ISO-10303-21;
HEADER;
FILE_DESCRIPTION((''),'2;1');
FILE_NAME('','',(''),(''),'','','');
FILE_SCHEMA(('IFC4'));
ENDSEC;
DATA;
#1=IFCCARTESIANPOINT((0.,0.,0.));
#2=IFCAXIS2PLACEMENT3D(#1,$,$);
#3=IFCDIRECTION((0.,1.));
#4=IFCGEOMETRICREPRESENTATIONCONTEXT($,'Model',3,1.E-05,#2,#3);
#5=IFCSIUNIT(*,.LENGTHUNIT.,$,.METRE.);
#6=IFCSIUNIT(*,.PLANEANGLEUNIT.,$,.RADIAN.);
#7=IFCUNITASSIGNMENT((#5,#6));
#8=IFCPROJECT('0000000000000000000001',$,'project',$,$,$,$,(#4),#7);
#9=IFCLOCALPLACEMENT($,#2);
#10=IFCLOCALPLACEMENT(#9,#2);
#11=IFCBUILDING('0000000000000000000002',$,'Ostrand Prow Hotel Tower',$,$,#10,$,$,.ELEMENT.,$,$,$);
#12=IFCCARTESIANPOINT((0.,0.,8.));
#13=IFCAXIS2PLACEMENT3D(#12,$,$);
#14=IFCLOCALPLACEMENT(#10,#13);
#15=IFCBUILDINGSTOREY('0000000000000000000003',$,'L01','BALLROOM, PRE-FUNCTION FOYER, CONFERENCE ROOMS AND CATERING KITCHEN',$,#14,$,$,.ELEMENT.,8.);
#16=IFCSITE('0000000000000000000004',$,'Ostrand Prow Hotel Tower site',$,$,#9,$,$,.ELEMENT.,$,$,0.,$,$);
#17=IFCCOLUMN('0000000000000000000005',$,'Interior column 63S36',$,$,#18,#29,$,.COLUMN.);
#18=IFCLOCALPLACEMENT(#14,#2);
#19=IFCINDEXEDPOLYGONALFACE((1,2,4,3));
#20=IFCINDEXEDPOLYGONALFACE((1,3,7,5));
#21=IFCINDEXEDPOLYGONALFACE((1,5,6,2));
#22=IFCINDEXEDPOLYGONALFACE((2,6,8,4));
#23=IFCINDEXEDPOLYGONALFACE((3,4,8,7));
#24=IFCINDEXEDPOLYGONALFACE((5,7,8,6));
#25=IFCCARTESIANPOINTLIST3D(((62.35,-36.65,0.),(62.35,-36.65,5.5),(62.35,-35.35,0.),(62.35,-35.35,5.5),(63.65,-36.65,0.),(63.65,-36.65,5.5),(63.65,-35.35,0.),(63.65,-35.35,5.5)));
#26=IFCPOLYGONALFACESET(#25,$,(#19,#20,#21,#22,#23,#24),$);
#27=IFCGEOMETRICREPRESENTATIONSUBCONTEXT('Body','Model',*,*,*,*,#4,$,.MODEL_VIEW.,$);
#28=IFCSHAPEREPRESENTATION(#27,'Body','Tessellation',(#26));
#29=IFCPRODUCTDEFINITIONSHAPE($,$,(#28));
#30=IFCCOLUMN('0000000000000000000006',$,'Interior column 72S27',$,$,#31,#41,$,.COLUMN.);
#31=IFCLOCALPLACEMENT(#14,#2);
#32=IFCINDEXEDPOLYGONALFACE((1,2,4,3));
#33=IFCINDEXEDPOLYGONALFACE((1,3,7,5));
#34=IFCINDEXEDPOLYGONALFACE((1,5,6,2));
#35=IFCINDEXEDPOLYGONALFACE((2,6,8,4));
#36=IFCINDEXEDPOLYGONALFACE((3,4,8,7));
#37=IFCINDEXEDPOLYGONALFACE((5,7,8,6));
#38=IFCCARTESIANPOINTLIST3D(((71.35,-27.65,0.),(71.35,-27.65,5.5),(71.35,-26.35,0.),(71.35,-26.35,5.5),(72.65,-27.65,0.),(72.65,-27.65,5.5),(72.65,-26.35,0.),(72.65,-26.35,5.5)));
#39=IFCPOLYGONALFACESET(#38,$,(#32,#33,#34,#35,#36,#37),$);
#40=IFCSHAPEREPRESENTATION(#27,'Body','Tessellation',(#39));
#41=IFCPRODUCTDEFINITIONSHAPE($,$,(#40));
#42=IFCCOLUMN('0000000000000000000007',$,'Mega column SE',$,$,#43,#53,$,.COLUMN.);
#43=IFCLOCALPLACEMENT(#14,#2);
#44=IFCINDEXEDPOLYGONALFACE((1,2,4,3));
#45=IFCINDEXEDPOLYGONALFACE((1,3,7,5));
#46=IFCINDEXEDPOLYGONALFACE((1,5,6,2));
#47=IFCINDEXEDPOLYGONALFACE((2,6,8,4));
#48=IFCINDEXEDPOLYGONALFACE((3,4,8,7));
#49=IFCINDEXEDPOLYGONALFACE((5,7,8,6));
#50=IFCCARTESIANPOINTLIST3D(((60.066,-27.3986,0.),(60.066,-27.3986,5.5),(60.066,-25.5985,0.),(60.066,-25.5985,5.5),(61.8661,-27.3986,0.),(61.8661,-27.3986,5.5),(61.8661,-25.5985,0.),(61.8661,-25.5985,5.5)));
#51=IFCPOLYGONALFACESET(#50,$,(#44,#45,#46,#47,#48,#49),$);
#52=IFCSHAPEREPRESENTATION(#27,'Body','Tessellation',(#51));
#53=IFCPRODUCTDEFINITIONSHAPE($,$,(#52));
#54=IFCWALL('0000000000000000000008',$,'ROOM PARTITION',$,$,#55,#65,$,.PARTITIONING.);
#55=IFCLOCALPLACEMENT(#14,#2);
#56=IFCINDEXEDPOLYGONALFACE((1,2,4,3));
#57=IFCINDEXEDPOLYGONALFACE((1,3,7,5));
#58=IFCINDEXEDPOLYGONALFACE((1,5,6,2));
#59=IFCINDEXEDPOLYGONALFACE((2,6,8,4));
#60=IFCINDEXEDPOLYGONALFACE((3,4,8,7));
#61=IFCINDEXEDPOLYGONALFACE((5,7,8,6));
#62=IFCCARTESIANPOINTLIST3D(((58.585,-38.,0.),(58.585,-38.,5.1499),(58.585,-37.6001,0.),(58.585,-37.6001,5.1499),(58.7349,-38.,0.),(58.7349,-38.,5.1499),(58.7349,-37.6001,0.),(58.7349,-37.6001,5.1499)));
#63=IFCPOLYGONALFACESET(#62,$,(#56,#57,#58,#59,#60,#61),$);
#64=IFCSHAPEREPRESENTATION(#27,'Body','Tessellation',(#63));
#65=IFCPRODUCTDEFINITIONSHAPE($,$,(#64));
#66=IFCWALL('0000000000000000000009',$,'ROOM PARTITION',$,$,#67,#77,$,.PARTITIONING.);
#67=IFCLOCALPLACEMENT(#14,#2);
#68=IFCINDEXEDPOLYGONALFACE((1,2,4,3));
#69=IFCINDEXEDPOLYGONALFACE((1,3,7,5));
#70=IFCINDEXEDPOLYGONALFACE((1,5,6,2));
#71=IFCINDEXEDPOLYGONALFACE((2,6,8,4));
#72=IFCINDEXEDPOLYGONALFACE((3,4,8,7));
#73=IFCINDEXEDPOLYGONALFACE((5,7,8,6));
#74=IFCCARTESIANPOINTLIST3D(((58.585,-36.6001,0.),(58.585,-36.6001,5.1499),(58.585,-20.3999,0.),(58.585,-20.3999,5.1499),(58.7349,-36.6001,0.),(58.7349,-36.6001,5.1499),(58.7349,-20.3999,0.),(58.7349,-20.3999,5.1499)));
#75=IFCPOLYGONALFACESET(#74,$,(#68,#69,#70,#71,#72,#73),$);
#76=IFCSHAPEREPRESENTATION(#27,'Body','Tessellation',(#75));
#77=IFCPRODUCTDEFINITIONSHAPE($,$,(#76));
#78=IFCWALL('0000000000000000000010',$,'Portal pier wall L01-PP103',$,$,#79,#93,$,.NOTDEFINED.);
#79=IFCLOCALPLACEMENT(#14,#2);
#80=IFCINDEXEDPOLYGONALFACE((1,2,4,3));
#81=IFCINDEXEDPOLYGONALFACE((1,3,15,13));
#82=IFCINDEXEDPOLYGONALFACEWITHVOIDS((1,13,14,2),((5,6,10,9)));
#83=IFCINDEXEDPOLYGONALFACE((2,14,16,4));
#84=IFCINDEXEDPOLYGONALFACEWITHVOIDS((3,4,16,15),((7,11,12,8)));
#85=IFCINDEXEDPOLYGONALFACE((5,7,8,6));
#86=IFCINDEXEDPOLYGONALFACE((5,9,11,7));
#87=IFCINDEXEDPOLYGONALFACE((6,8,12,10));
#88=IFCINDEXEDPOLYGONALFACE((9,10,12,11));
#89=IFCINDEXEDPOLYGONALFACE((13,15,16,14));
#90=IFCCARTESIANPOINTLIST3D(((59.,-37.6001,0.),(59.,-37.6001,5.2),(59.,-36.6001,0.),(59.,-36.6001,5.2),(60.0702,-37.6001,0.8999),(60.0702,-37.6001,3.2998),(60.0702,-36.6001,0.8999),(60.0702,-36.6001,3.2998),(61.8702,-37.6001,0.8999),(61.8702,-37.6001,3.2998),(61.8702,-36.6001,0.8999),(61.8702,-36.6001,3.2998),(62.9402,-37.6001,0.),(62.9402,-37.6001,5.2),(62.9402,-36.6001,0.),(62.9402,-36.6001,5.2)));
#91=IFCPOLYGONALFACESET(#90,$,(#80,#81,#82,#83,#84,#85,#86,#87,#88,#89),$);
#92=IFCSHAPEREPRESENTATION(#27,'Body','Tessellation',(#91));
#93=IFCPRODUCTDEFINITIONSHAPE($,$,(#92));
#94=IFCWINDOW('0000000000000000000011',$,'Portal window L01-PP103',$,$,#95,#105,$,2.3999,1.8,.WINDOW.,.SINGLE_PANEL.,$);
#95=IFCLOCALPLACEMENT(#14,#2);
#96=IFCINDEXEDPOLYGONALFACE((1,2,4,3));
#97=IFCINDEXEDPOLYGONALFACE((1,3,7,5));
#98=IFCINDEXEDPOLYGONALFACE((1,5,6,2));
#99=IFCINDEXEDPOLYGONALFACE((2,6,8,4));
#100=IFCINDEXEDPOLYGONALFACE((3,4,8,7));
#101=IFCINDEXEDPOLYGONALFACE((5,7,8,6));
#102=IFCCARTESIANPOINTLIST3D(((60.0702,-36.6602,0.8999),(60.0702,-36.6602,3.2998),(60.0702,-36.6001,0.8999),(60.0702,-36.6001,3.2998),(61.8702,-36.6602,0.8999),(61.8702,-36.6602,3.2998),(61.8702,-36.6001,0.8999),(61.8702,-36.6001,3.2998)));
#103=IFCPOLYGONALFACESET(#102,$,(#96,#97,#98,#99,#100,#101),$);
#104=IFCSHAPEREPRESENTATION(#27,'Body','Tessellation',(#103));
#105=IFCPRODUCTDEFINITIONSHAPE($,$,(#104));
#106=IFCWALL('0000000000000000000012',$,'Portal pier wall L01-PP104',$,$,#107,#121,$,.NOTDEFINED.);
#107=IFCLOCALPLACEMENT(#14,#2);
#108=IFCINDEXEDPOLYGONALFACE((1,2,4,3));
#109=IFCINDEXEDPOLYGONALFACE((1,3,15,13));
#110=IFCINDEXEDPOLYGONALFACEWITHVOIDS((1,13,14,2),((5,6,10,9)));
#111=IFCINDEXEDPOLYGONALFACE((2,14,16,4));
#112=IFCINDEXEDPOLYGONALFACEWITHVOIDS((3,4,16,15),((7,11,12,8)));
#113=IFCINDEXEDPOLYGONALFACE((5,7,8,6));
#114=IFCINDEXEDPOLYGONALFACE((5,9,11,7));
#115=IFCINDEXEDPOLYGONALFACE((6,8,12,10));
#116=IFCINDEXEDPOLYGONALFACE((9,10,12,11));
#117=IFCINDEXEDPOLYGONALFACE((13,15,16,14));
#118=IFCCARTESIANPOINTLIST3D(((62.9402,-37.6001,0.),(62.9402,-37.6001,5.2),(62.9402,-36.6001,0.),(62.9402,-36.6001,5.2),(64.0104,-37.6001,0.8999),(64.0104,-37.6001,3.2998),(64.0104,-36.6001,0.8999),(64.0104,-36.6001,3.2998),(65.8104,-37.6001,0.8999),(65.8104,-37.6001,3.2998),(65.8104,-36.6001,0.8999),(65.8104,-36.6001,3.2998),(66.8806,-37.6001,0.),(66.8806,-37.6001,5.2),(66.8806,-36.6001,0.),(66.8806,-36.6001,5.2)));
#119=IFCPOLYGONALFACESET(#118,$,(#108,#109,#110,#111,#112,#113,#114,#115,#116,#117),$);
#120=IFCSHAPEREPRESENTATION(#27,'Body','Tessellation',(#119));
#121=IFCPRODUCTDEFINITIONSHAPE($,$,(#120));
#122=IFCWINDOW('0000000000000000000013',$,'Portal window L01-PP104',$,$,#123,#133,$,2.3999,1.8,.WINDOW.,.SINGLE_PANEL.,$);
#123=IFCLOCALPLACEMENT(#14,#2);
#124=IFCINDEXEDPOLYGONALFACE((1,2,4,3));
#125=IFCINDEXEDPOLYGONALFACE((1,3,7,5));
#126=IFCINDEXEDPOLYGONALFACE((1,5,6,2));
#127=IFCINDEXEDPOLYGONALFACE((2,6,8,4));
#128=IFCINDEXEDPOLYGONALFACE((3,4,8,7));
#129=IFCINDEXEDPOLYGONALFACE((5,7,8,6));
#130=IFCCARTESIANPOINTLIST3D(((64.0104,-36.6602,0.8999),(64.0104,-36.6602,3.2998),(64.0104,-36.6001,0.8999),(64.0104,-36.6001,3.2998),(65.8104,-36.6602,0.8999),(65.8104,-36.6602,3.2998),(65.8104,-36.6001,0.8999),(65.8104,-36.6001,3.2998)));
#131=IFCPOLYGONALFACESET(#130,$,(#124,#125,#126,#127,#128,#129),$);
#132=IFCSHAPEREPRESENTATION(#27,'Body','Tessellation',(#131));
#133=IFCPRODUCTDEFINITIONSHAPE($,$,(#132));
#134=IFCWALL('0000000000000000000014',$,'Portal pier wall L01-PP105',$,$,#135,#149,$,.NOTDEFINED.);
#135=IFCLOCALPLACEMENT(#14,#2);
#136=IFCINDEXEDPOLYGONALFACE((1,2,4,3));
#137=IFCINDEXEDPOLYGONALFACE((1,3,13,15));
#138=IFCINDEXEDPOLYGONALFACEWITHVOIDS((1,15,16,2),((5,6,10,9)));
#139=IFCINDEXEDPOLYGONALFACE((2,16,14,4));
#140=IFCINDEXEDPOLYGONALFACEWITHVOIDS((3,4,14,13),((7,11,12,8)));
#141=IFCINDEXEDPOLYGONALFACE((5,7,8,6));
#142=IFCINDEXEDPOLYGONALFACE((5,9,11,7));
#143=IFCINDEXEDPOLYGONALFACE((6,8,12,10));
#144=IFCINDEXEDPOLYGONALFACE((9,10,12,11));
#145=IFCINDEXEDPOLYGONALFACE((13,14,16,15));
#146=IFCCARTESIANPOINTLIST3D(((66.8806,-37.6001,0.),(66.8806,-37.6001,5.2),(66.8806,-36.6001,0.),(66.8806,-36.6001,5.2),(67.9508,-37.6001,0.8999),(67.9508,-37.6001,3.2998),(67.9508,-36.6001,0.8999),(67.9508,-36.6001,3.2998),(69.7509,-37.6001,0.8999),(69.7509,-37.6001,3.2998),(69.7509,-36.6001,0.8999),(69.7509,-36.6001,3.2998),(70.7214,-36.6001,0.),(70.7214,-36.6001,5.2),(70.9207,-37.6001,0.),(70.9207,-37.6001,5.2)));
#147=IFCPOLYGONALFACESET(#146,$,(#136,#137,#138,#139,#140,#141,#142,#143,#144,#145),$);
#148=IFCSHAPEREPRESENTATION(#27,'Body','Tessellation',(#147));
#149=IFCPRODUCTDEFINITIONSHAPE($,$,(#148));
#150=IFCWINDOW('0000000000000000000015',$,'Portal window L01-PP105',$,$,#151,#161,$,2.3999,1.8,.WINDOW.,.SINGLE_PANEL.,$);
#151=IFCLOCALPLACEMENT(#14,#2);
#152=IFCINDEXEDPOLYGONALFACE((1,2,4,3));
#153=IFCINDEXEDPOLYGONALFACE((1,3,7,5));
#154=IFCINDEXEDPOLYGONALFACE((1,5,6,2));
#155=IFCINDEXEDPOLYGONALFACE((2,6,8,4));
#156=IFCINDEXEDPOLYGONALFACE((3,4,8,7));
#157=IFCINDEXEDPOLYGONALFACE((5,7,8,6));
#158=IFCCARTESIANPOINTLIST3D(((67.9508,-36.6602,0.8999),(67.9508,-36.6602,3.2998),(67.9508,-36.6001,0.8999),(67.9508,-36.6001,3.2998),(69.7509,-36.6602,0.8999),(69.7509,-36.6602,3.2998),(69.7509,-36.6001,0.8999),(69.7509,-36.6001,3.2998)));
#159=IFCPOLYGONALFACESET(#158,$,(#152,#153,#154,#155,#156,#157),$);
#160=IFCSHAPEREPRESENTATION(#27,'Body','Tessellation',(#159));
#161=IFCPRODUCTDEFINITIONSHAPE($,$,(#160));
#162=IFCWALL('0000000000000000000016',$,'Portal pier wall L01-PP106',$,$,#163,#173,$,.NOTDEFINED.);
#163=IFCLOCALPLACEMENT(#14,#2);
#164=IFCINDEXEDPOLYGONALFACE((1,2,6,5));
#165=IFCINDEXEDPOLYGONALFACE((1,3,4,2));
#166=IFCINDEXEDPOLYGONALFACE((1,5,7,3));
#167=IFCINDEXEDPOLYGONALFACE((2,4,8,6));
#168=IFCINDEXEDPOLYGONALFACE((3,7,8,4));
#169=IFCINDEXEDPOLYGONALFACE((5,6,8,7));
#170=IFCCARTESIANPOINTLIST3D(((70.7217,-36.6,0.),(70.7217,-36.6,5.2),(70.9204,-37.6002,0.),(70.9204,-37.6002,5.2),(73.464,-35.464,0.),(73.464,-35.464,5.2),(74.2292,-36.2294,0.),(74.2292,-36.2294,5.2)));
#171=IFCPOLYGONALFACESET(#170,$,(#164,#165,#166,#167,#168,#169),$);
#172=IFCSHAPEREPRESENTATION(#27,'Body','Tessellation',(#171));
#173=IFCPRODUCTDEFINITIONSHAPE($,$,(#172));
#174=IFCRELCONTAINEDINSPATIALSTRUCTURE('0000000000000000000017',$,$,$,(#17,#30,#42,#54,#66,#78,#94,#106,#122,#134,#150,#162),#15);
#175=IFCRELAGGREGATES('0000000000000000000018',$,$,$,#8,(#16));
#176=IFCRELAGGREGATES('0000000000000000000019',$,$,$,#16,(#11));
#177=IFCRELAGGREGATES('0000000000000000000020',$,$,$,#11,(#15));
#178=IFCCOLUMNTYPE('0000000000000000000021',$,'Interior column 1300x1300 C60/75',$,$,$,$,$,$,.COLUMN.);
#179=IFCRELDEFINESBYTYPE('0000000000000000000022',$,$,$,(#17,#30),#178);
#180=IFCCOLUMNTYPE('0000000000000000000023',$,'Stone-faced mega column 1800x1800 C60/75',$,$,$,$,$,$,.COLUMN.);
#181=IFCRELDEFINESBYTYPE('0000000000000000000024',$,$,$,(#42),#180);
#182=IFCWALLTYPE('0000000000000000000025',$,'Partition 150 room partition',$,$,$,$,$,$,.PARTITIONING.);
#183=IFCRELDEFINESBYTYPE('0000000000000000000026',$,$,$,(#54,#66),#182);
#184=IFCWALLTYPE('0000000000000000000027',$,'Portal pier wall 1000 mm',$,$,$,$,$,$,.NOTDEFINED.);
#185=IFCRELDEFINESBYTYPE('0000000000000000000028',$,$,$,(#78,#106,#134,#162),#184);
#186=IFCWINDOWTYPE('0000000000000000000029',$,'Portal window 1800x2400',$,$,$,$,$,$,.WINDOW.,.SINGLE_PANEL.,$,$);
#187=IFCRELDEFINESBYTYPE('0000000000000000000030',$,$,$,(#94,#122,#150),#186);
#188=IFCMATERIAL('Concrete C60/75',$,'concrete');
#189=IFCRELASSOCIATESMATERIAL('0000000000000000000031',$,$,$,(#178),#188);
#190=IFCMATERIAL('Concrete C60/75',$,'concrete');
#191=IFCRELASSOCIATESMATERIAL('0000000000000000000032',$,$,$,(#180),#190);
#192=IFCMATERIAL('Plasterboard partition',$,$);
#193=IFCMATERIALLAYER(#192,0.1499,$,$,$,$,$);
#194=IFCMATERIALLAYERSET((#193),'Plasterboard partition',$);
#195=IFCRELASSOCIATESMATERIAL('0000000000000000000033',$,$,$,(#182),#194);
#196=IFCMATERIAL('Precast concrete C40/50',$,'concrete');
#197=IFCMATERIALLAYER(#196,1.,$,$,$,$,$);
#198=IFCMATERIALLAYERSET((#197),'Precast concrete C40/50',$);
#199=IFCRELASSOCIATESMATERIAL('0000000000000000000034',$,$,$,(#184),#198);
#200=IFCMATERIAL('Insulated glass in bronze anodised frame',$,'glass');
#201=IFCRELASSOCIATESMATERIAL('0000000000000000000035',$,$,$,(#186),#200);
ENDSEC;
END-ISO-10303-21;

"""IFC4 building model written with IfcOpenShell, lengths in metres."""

from ifc_helpers import new_model, si_unit, direction, frame, frame_2d, origin, origin_2d, place, context, subcontext, project, spatial, polyline, rectangle, outline, extrude, material, layer, layer_set, material_profile, profile_set, type_object, element, fill, save


model = new_model("IFC4")

# Units and contexts
model_context = context("Model", 3, precision=1e-05, world=origin(), true_north=direction((0.0, 1.0)))
body_context = subcontext(model_context, "Body", "Model", "MODEL_VIEW")
ifc_project = project(units=[si_unit("LENGTHUNIT", "METRE"), si_unit("PLANEANGLEUNIT", "RADIAN")], contexts=[model_context])

# Site, building, storey
site_placement = place(None, origin())
site = spatial("IfcSite", under=ifc_project, at=site_placement, Name="Ostrand Prow Hotel Tower site", CompositionType="ELEMENT", RefElevation=0.0)
building_placement = place(site_placement, origin())
building = spatial("IfcBuilding", under=site, at=building_placement, Name="Ostrand Prow Hotel Tower", CompositionType="ELEMENT")
storey_placement = place(building_placement, frame((0.0, 0.0, 8.0)))
storey = spatial("IfcBuildingStorey", under=building, at=storey_placement, Name="L01", Description="BALLROOM, PRE-FUNCTION FOYER, CONFERENCE ROOMS AND CATERING KITCHEN", CompositionType="ELEMENT", Elevation=8.0)

# Columns
ifc_material_1 = material(Name="Concrete C60/75", Category="concrete")
ifc_material_profile_1 = material_profile(ifc_material_1, rectangle(XDim=1.3, YDim=1.3, at=origin_2d()), Name="RC 1300x1300")
ifc_profile_set_1 = profile_set([ifc_material_profile_1], Name="Concrete C60/75")
column_type_1 = type_object("IfcColumnType", Name="Interior column 1300x1300 C60/75", PredefinedType="COLUMN", material=ifc_profile_set_1)
for number, where, z_axis, x_axis, name in (
    (1, (63.0, -36.0, 0.0), (0.0, 0.0, 1.0), (1.0, 0.0, 0.0), "Interior column 63S36"),
    (2, (72.0, -27.0, 0.0), (0.0, 0.0, 1.0), (1.0, 0.0, 0.0), "Interior column 72S27"),
):
    element("IfcColumn", number, at=place(storey_placement, frame(where, z_axis=z_axis, x_axis=x_axis)), inside=storey, type_object=column_type_1, Name=name, PredefinedType="COLUMN", context=body_context, shape_type="SweptSolid", body=[
        extrude(rectangle(XDim=1.3, YDim=1.3, at=origin_2d()), origin(), (0.0, 0.0, 1.0), 5.5),
    ])
ifc_material_2 = material(Name="Concrete C60/75", Category="concrete")
ifc_material_profile_2 = material_profile(ifc_material_2, rectangle(XDim=1.8, YDim=1.8, at=origin_2d()), Name="RC 1800x1800")
ifc_profile_set_2 = profile_set([ifc_material_profile_2], Name="Concrete C60/75")
column_type_2 = type_object("IfcColumnType", Name="Stone-faced mega column 1800x1800 C60/75", PredefinedType="COLUMN", material=ifc_profile_set_2)
column_placement = place(storey_placement, frame((60.9661, -26.4985, 0.0), z_axis=(0.0, 0.0, 1.0), x_axis=(1.0, 0.0, 0.0)))
element("IfcColumn", 3, at=column_placement, inside=storey, type_object=column_type_2, Name="Mega column SE", PredefinedType="COLUMN", context=body_context, shape_type="SweptSolid", body=[
    extrude(rectangle(XDim=1.8, YDim=1.8, at=origin_2d()), origin(), (0.0, 0.0, 1.0), 5.5),
])

# Walls
ifc_material_3 = material(Name="Plasterboard partition")
ifc_layer_1 = layer(ifc_material_3, 0.1499)
ifc_layer_set_1 = layer_set([ifc_layer_1], Name="Plasterboard partition")
wall_type_1 = type_object("IfcWallType", Name="Partition 150 room partition", PredefinedType="PARTITIONING", material=ifc_layer_set_1)
wall_1_placement = place(storey_placement, frame((58.6599, -38.0, 0.0), z_axis=(0.0, 0.0, 1.0), x_axis=(0.0, 1.0, 0.0)))
element("IfcWall", 4, at=wall_1_placement, inside=storey, type_object=wall_type_1, Name="ROOM PARTITION", PredefinedType="PARTITIONING", context=body_context, shape_type="SweptSolid", body=[
    extrude(rectangle(XDim=0.3999, YDim=0.1499, at=frame_2d((0.2, 0.0))), origin(), (0.0, 0.0, 1.0), 5.1499),
])
wall_2_placement = place(storey_placement, frame((58.6599, -36.6001, 0.0), z_axis=(0.0, 0.0, 1.0), x_axis=(0.0, 1.0, 0.0)))
element("IfcWall", 5, at=wall_2_placement, inside=storey, type_object=wall_type_1, Name="ROOM PARTITION", PredefinedType="PARTITIONING", context=body_context, shape_type="SweptSolid", body=[
    extrude(rectangle(XDim=16.2002, YDim=0.1499, at=frame_2d((8.1001, 0.0))), origin(), (0.0, 0.0, 1.0), 5.1499),
])

# Walls, openings, windows
ifc_material_4 = material(Name="Precast concrete C40/50", Category="concrete")
ifc_layer_2 = layer(ifc_material_4, 1.0)
ifc_layer_set_2 = layer_set([ifc_layer_2], Name="Precast concrete C40/50")
wall_type_2 = type_object("IfcWallType", Name="Portal pier wall 1000 mm", PredefinedType="NOTDEFINED", material=ifc_layer_set_2)
wall_3_placement = place(storey_placement, frame((59.0, -37.1001, 0.0), z_axis=(0.0, 0.0, 1.0), x_axis=(1.0, 0.0, 0.0)))
wall_3 = element("IfcWall", 6, at=wall_3_placement, inside=storey, type_object=wall_type_2, Name="Portal pier wall L01-PP103", PredefinedType="NOTDEFINED", context=body_context, shape_type="SweptSolid", body=[
    extrude(outline(polyline([(0.0, -0.5), (3.9402, -0.5), (3.9402, 0.5), (0.0, 0.5), (0.0, -0.5)])), origin(), (0.0, 0.0, 1.0), 5.2),
])
opening_1_placement = place(wall_3_placement, frame((1.0703, 0.0, 0.8999)))
opening_1 = element("IfcOpeningElement", 7, at=opening_1_placement, cuts=wall_3, PredefinedType="OPENING", context=body_context, shape_type="SweptSolid", body=[
    extrude(rectangle(XDim=1.8, YDim=2.3999, at=frame_2d((0.8999, 1.2))), frame((0.0, 0.51, 0.0), z_axis=(0.0, -1.0, 0.0), x_axis=(1.0, 0.0, 0.0)), (0.0, 0.0, 1.0), 1.02),
])
ifc_material_5 = material(Name="Insulated glass in bronze anodised frame", Category="glass")
window_type = type_object("IfcWindowType", Name="Portal window 1800x2400", PartitioningType="SINGLE_PANEL", PredefinedType="WINDOW", material=ifc_material_5)
window_1_placement = place(opening_1_placement, origin())
window_1 = element("IfcWindow", 8, at=window_1_placement, inside=storey, type_object=window_type, Name="Portal window L01-PP103", OverallHeight=2.3999, OverallWidth=1.8, PartitioningType="SINGLE_PANEL", PredefinedType="WINDOW", context=body_context, shape_type="SweptSolid", body=[
    extrude(rectangle(XDim=1.8, YDim=2.3999, at=frame_2d((0.8999, 1.2))), frame((0.0, 0.5, 0.0), z_axis=(0.0, -1.0, 0.0), x_axis=(1.0, 0.0, 0.0)), (0.0, 0.0, 1.0), 0.0601),
])
fill(opening_1, window_1)
wall_4_placement = place(storey_placement, frame((62.9402, -37.1001, 0.0), z_axis=(0.0, 0.0, 1.0), x_axis=(1.0, 0.0, 0.0)))
wall_4 = element("IfcWall", 9, at=wall_4_placement, inside=storey, type_object=wall_type_2, Name="Portal pier wall L01-PP104", PredefinedType="NOTDEFINED", context=body_context, shape_type="SweptSolid", body=[
    extrude(outline(polyline([(0.0, -0.5), (3.9404, -0.5), (3.9404, 0.5), (0.0, 0.5), (0.0, -0.5)])), origin(), (0.0, 0.0, 1.0), 5.2),
])
opening_2_placement = place(wall_4_placement, frame((1.0703, 0.0, 0.8999)))
opening_2 = element("IfcOpeningElement", 10, at=opening_2_placement, cuts=wall_4, PredefinedType="OPENING", context=body_context, shape_type="SweptSolid", body=[
    extrude(rectangle(XDim=1.8, YDim=2.3999, at=frame_2d((0.8999, 1.2))), frame((0.0, 0.51, 0.0), z_axis=(0.0, -1.0, 0.0), x_axis=(1.0, 0.0, 0.0)), (0.0, 0.0, 1.0), 1.02),
])
window_2_placement = place(opening_2_placement, origin())
window_2 = element("IfcWindow", 11, at=window_2_placement, inside=storey, type_object=window_type, Name="Portal window L01-PP104", OverallHeight=2.3999, OverallWidth=1.8, PartitioningType="SINGLE_PANEL", PredefinedType="WINDOW", context=body_context, shape_type="SweptSolid", body=[
    extrude(rectangle(XDim=1.8, YDim=2.3999, at=frame_2d((0.8999, 1.2))), frame((0.0, 0.5, 0.0), z_axis=(0.0, -1.0, 0.0), x_axis=(1.0, 0.0, 0.0)), (0.0, 0.0, 1.0), 0.0601),
])
fill(opening_2, window_2)
wall_5_placement = place(storey_placement, frame((66.8806, -37.1001, 0.0), z_axis=(0.0, 0.0, 1.0), x_axis=(1.0, 0.0, 0.0)))
wall_5 = element("IfcWall", 12, at=wall_5_placement, inside=storey, type_object=wall_type_2, Name="Portal pier wall L01-PP105", PredefinedType="NOTDEFINED", context=body_context, shape_type="SweptSolid", body=[
    extrude(outline(polyline([(0.0, -0.5), (4.04, -0.5), (3.8408, 0.5), (0.0, 0.5), (0.0, -0.5)])), origin(), (0.0, 0.0, 1.0), 5.2),
])
opening_3_placement = place(wall_5_placement, frame((1.0703, 0.0, 0.8999)))
opening_3 = element("IfcOpeningElement", 13, at=opening_3_placement, cuts=wall_5, PredefinedType="OPENING", context=body_context, shape_type="SweptSolid", body=[
    extrude(rectangle(XDim=1.8, YDim=2.3999, at=frame_2d((0.8999, 1.2))), frame((0.0, 0.51, 0.0), z_axis=(0.0, -1.0, 0.0), x_axis=(1.0, 0.0, 0.0)), (0.0, 0.0, 1.0), 1.02),
])
window_3_placement = place(opening_3_placement, origin())
window_3 = element("IfcWindow", 14, at=window_3_placement, inside=storey, type_object=window_type, Name="Portal window L01-PP105", OverallHeight=2.3999, OverallWidth=1.8, PartitioningType="SINGLE_PANEL", PredefinedType="WINDOW", context=body_context, shape_type="SweptSolid", body=[
    extrude(rectangle(XDim=1.8, YDim=2.3999, at=frame_2d((0.8999, 1.2))), frame((0.0, 0.5, 0.0), z_axis=(0.0, -1.0, 0.0), x_axis=(1.0, 0.0, 0.0)), (0.0, 0.0, 1.0), 0.0601),
])
fill(opening_3, window_3)

# Wall
wall_6_placement = place(storey_placement, frame((70.821, -37.1001, 0.0), z_axis=(0.0, 0.0, 1.0), x_axis=(0.923862, 0.382725, 0.0)))
element("IfcWall", 15, at=wall_6_placement, inside=storey, type_object=wall_type_2, Name="Portal pier wall L01-PP106", PredefinedType="NOTDEFINED", context=body_context, shape_type="SweptSolid", body=[
    extrude(outline(polyline([(-0.0996, -0.5), (3.4819, -0.5), (3.0679, 0.5), (0.0996, 0.5), (-0.0996, -0.5)])), origin(), (0.0, 0.0, 1.0), 5.2),
])

save(model, "model.ifc")
